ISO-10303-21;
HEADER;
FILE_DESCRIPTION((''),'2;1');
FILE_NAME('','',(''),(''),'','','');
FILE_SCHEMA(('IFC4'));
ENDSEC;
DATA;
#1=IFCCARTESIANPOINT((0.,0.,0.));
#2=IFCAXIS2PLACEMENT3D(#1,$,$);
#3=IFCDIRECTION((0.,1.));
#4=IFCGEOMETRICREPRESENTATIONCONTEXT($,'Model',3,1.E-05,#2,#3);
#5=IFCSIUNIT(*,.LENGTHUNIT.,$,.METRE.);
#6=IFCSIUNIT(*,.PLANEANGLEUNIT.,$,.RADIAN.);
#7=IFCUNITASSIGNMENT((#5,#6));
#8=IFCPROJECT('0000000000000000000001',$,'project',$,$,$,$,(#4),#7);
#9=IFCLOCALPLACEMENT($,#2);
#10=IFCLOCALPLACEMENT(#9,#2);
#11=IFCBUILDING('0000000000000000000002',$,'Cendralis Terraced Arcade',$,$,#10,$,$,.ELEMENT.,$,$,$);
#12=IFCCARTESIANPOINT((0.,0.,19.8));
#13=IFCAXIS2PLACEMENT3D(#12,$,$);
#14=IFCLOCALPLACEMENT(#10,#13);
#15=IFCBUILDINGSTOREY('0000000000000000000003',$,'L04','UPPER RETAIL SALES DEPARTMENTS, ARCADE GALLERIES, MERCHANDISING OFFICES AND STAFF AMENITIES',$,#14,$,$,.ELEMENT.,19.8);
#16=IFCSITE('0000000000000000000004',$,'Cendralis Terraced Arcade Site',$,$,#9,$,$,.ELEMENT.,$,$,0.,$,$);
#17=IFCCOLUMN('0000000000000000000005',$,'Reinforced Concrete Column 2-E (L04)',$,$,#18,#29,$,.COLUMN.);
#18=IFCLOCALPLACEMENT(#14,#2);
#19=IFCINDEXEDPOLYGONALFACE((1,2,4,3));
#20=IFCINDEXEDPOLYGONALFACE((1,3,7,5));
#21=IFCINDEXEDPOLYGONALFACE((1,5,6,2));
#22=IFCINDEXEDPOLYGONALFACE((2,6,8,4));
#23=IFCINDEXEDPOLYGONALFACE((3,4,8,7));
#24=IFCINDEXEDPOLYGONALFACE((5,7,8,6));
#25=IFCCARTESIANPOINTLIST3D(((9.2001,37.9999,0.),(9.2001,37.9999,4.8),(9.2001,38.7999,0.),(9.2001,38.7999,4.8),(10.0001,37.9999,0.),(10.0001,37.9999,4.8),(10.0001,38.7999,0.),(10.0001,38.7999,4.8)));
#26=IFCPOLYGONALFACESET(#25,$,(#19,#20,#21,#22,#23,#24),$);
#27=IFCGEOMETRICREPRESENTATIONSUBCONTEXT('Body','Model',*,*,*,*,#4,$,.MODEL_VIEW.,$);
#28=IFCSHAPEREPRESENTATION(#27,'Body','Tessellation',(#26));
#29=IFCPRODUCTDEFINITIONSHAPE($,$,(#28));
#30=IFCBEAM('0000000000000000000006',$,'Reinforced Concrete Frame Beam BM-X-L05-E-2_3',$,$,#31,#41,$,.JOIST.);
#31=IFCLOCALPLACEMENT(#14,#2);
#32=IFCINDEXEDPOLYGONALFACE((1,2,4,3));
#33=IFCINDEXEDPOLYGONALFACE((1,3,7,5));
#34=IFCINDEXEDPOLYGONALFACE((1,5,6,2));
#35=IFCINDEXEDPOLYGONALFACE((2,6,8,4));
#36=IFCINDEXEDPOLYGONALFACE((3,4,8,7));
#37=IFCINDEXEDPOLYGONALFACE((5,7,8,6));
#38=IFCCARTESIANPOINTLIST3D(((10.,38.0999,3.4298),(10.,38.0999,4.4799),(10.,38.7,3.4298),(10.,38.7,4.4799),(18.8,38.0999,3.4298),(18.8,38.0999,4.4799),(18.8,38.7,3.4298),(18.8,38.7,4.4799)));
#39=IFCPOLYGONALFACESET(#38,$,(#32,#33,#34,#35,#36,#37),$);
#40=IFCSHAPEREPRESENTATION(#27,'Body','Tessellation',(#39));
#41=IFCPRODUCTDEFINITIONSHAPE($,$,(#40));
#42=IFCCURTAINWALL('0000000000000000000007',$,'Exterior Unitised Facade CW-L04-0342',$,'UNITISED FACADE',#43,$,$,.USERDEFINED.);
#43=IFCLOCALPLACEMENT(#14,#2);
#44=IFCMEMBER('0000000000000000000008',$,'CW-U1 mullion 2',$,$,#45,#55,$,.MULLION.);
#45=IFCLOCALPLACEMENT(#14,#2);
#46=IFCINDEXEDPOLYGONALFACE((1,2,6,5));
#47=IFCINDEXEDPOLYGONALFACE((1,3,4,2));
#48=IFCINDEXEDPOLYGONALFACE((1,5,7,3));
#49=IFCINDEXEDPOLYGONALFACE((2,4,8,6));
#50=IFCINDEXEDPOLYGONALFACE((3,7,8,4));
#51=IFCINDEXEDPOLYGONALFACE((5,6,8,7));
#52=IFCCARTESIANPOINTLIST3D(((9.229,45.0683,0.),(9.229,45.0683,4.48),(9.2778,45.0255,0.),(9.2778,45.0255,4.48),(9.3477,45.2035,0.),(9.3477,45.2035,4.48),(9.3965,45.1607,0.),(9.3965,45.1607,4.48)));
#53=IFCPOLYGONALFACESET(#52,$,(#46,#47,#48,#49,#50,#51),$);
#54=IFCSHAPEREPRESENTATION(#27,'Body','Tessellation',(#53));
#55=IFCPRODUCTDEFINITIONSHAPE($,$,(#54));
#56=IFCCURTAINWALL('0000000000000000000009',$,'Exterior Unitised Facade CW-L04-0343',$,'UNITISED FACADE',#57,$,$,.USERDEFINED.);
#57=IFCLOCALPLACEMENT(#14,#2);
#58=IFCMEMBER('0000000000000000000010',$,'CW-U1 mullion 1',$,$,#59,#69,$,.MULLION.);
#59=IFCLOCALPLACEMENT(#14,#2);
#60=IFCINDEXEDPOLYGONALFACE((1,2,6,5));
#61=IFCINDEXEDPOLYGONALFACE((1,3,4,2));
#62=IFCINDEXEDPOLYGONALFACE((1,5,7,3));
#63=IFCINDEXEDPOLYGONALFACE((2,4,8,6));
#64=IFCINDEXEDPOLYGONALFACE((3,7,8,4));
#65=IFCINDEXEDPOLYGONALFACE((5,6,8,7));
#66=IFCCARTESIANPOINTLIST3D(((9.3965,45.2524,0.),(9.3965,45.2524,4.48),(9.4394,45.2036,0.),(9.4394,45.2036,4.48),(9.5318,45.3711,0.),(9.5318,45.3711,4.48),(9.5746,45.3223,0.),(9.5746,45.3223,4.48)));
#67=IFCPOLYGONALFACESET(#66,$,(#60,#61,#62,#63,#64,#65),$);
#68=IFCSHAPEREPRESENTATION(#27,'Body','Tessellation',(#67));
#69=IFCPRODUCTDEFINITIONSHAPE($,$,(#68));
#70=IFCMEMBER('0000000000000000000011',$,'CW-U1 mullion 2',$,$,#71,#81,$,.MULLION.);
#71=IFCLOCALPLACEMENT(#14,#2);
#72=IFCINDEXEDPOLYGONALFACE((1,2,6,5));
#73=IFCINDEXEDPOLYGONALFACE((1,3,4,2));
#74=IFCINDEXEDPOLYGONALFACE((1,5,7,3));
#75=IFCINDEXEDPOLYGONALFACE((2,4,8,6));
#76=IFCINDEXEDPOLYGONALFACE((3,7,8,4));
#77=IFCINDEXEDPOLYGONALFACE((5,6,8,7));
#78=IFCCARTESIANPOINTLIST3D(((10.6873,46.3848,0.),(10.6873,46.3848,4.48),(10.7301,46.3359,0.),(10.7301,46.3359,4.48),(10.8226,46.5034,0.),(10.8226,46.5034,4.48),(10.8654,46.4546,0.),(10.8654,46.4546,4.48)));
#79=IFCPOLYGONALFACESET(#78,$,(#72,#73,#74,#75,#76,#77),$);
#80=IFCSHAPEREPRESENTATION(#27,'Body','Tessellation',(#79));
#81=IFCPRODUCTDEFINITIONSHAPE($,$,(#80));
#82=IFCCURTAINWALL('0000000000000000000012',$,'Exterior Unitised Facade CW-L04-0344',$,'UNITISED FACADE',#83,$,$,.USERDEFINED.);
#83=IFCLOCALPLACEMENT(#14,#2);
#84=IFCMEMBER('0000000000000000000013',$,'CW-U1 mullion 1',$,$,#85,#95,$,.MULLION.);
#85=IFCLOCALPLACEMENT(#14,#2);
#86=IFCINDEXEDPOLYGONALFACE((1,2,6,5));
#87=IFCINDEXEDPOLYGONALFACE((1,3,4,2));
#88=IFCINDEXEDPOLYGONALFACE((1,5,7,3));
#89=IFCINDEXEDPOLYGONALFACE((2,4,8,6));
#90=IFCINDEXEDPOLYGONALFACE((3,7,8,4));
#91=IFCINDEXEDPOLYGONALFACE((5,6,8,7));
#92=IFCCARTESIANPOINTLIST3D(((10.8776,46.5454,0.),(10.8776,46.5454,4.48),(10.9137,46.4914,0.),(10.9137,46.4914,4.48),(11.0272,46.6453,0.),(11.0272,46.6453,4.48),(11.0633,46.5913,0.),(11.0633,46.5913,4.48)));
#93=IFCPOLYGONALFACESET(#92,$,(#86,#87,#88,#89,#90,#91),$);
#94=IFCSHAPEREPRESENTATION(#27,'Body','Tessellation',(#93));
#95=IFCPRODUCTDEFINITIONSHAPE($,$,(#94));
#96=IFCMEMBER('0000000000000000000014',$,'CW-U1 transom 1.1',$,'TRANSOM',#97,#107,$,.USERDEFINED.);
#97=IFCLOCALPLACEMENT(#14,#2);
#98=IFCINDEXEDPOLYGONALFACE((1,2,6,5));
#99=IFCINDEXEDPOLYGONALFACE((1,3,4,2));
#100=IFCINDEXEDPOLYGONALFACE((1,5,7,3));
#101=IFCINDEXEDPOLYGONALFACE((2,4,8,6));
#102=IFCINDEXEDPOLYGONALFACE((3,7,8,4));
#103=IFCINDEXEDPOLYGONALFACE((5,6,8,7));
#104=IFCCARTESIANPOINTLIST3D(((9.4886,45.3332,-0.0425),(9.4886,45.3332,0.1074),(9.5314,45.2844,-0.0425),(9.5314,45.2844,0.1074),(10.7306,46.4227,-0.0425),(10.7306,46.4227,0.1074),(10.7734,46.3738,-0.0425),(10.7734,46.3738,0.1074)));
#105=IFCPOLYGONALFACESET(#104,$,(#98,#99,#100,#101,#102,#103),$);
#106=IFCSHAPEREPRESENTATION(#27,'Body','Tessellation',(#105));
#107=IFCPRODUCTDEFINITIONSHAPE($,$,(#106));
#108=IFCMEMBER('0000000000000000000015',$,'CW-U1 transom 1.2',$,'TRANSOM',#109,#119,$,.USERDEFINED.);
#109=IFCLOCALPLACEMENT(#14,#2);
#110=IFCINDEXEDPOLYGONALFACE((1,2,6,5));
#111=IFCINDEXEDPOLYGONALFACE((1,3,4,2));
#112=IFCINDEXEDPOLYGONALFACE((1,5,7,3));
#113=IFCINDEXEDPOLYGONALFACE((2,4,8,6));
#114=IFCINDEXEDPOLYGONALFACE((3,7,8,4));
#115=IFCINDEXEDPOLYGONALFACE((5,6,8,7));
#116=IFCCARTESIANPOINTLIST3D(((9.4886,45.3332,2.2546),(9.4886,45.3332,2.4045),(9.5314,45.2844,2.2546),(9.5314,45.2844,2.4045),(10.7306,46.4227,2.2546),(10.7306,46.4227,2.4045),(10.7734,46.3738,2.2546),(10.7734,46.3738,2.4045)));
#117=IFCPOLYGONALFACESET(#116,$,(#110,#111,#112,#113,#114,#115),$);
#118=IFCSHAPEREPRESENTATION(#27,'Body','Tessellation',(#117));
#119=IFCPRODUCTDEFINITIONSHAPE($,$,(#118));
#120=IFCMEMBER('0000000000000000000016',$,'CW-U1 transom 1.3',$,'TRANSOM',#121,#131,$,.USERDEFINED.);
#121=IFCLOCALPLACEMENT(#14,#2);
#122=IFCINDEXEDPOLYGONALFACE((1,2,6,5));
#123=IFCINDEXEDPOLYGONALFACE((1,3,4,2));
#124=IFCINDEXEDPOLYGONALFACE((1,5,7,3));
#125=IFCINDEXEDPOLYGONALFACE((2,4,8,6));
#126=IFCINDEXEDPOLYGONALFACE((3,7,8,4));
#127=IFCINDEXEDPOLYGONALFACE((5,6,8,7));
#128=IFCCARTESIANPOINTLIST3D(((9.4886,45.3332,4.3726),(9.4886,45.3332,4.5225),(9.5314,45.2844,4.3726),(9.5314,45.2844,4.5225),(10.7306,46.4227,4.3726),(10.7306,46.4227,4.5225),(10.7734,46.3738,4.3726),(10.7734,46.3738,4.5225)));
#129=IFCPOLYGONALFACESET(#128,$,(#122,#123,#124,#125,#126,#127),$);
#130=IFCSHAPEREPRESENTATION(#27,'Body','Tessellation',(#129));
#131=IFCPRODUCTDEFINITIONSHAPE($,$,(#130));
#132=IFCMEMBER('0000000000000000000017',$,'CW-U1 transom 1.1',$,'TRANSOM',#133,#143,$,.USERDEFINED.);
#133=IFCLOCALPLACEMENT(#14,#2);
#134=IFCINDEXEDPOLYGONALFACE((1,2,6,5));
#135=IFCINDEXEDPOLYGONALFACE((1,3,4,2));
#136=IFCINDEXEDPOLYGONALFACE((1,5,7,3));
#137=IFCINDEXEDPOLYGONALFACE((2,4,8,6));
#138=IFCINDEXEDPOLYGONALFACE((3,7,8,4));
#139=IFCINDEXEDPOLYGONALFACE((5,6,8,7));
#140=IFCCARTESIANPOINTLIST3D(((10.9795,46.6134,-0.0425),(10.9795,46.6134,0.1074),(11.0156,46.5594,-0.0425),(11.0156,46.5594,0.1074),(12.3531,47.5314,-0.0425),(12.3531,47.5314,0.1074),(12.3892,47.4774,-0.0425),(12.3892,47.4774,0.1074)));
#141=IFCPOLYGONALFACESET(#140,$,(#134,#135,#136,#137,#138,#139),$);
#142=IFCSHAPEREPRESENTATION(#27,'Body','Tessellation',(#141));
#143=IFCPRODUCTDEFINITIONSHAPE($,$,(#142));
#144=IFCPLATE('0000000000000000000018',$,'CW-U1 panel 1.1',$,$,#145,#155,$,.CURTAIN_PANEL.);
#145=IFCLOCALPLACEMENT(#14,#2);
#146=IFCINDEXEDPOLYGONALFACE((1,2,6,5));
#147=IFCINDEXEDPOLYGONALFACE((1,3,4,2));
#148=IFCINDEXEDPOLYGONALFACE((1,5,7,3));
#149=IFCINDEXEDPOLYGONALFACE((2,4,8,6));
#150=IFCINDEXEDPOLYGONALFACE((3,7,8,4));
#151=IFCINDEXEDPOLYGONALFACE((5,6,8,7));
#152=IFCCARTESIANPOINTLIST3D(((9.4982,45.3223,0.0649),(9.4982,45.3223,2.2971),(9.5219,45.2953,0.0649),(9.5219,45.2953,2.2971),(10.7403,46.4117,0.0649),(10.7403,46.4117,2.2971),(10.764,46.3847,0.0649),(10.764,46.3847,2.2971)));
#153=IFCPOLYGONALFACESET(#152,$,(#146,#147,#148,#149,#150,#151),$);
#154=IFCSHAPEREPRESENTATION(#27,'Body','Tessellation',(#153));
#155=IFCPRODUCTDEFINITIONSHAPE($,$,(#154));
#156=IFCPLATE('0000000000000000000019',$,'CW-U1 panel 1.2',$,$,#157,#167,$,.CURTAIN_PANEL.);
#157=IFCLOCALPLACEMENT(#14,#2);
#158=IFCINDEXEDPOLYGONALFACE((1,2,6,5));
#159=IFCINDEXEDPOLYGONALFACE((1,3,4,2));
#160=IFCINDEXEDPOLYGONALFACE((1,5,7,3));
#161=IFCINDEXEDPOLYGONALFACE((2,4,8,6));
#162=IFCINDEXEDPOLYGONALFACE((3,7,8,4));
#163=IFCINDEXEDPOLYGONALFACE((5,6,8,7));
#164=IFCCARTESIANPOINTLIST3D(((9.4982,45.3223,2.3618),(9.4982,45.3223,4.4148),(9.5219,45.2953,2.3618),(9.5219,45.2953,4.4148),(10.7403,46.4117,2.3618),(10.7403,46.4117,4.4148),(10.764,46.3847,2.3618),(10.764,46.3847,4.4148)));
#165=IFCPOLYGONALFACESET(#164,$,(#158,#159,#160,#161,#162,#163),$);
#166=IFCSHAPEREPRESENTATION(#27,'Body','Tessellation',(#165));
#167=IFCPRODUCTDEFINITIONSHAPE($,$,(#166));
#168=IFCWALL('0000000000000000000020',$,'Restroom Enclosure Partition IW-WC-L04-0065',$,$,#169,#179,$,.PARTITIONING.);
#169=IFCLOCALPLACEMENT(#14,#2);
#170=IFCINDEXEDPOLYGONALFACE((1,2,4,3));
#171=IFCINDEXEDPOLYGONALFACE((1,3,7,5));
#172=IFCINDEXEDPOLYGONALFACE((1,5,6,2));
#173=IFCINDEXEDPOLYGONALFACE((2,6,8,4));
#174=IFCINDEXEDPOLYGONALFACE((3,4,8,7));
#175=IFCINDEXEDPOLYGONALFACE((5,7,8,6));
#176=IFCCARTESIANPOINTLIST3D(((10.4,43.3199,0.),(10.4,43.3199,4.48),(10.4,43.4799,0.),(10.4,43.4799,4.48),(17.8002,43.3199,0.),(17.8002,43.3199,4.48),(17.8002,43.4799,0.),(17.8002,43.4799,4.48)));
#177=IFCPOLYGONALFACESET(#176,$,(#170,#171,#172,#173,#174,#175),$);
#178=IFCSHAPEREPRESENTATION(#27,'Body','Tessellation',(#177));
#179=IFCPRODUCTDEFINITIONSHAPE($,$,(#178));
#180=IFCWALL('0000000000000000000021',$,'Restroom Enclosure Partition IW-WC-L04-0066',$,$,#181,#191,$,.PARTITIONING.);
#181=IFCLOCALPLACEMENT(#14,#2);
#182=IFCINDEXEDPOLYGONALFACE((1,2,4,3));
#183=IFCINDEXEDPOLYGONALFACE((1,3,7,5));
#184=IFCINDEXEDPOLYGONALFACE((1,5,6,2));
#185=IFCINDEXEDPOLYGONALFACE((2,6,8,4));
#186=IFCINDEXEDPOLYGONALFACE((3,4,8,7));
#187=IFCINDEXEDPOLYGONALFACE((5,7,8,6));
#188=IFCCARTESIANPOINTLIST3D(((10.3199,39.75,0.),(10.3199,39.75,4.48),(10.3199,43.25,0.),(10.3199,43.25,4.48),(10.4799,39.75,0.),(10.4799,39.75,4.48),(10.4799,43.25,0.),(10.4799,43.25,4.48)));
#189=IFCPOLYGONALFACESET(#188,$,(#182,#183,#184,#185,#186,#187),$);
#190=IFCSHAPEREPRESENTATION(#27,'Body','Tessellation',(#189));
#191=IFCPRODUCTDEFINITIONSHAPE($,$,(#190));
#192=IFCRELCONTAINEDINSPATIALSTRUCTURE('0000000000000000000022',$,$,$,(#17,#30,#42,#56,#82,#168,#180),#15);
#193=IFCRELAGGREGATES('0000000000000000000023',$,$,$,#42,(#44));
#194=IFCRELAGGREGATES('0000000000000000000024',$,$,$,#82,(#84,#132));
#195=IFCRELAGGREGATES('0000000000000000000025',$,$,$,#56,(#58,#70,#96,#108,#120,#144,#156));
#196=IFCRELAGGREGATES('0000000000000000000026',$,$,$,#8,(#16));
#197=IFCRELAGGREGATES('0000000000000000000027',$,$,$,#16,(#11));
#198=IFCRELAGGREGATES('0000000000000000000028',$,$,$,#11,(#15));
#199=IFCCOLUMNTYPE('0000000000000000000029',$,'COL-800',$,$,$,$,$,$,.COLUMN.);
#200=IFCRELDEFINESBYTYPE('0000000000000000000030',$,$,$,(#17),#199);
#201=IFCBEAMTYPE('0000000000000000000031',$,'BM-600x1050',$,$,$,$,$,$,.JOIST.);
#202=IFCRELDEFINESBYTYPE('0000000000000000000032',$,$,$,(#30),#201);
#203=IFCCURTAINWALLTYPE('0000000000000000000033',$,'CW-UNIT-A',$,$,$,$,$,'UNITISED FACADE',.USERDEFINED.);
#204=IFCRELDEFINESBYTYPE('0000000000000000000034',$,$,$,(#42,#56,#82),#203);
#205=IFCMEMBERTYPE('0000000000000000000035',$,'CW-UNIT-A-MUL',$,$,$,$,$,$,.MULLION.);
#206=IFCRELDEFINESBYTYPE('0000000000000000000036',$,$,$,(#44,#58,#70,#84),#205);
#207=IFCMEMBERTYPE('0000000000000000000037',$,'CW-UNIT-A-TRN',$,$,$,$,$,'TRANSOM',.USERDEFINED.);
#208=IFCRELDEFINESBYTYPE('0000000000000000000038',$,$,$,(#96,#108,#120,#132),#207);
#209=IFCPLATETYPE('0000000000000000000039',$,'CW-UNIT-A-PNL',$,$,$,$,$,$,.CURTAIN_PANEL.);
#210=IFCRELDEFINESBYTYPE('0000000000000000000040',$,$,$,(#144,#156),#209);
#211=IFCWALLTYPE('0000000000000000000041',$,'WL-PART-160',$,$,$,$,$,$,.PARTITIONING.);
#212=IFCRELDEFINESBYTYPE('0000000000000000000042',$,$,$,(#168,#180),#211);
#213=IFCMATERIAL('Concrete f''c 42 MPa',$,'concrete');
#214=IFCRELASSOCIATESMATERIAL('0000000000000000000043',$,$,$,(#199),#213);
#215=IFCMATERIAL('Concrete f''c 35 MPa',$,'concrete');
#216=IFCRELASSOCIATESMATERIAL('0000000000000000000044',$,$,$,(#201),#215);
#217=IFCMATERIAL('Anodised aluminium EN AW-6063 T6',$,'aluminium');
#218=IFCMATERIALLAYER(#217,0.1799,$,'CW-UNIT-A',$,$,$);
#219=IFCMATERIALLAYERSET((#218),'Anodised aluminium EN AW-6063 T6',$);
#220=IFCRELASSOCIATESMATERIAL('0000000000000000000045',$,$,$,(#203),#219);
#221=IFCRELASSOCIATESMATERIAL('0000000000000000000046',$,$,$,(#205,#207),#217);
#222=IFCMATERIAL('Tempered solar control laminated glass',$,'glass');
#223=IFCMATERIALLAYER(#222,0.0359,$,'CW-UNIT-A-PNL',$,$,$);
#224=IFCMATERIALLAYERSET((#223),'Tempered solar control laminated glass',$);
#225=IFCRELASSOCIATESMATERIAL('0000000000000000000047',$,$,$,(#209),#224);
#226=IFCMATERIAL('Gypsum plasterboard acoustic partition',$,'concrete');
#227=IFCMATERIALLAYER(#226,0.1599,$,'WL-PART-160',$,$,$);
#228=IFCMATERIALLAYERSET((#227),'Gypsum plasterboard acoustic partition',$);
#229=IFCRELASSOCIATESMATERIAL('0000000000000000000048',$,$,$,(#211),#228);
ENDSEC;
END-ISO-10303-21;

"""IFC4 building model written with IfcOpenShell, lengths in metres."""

from ifc_helpers import new_model, si_unit, direction, frame, frame_2d, origin, origin_2d, place, context, subcontext, project, spatial, rectangle, extrude, material, layer, layer_set, material_profile, profile_set, type_object, element, aggregate, save


model = new_model("IFC4")

# Units and contexts
model_context = context("Model", 3, precision=1e-05, world=origin(), true_north=direction((0.0, 1.0)))
body_context = subcontext(model_context, "Body", "Model", "MODEL_VIEW")
ifc_project = project(units=[si_unit("LENGTHUNIT", "METRE"), si_unit("PLANEANGLEUNIT", "RADIAN")], contexts=[model_context])

# Site, building, storey
site_placement = place(None, origin())
site = spatial("IfcSite", under=ifc_project, at=site_placement, Name="Cendralis Terraced Arcade Site", CompositionType="ELEMENT", RefElevation=0.0)
building_placement = place(site_placement, origin())
building = spatial("IfcBuilding", under=site, at=building_placement, Name="Cendralis Terraced Arcade", CompositionType="ELEMENT")
storey_placement = place(building_placement, frame((0.0, 0.0, 19.8)))
storey = spatial("IfcBuildingStorey", under=building, at=storey_placement, Name="L04", Description="UPPER RETAIL SALES DEPARTMENTS, ARCADE GALLERIES, MERCHANDISING OFFICES AND STAFF AMENITIES", CompositionType="ELEMENT", Elevation=19.8)

# Column
ifc_material_1 = material(Name="Concrete f'c 42 MPa", Category="concrete")
ifc_material_profile_1 = material_profile(ifc_material_1, rectangle(XDim=0.8, YDim=0.8, at=origin_2d()), Name="RC-COL-800x800", Category="LoadBearing")
ifc_profile_set_1 = profile_set([ifc_material_profile_1], Name="Concrete f'c 42 MPa")
column_type = type_object("IfcColumnType", Name="COL-800", PredefinedType="COLUMN", material=ifc_profile_set_1)
column_placement = place(storey_placement, frame((9.6001, 38.3999, 0.0), z_axis=(0.0, 0.0, 1.0), x_axis=(1.0, 0.0, 0.0)))
element("IfcColumn", 1, at=column_placement, inside=storey, type_object=column_type, Name="Reinforced Concrete Column 2-E (L04)", PredefinedType="COLUMN", context=body_context, shape_type="SweptSolid", body=[
    extrude(rectangle(XDim=0.8, YDim=0.8, at=origin_2d()), origin(), (0.0, 0.0, 1.0), 4.8),
])

# Beam
ifc_material_2 = material(Name="Concrete f'c 35 MPa", Category="concrete")
ifc_material_profile_2 = material_profile(ifc_material_2, rectangle(XDim=0.6001, YDim=1.05, at=origin_2d()), Name="RC-BM-600x1050", Category="LoadBearing")
ifc_profile_set_2 = profile_set([ifc_material_profile_2], Name="Concrete f'c 35 MPa")
beam_type = type_object("IfcBeamType", Name="BM-600x1050", PredefinedType="JOIST", material=ifc_profile_set_2)
beam_placement = place(storey_placement, frame((10.0, 38.3999, 3.9548), z_axis=(1.0, 0.0, 0.0), x_axis=(0.0, 1.0, 0.0)))
element("IfcBeam", 2, at=beam_placement, inside=storey, type_object=beam_type, Name="Reinforced Concrete Frame Beam BM-X-L05-E-2_3", PredefinedType="JOIST", context=body_context, shape_type="SweptSolid", body=[
    extrude(rectangle(XDim=0.6001, YDim=1.05, at=origin_2d()), origin(), (0.0, 0.0, 1.0), 8.8),
])

# Curtain wall, member
ifc_material_3 = material(Name="Anodised aluminium EN AW-6063 T6", Category="aluminium")
ifc_layer_1 = layer(ifc_material_3, 0.1799, Name="CW-UNIT-A")
ifc_layer_set_1 = layer_set([ifc_layer_1], Name="Anodised aluminium EN AW-6063 T6")
curtain_wall_type = type_object("IfcCurtainWallType", Name="CW-UNIT-A", ElementType="UNITISED FACADE", PredefinedType="USERDEFINED", material=ifc_layer_set_1)
curtain_wall_1_placement = place(storey_placement, origin())
curtain_wall_1 = element("IfcCurtainWall", 3, at=curtain_wall_1_placement, inside=storey, type_object=curtain_wall_type, Name="Exterior Unitised Facade CW-L04-0342", ObjectType="UNITISED FACADE", PredefinedType="USERDEFINED")
ifc_material_profile_3 = material_profile(ifc_material_3, rectangle(XDim=0.0649, YDim=0.1799, at=origin_2d()), Name="ALU-MUL-65x180")
ifc_profile_set_3 = profile_set([ifc_material_profile_3], Name="Anodised aluminium EN AW-6063 T6")
member_type_1 = type_object("IfcMemberType", Name="CW-UNIT-A-MUL", PredefinedType="MULLION", material=ifc_profile_set_3)
member_1_placement = place(storey_placement, frame((9.3127, 45.1145, 0.0), z_axis=(0.0, 0.0, 1.0), x_axis=(-0.751804, 0.659386, 0.0)))
member_1 = element("IfcMember", 4, at=member_1_placement, type_object=member_type_1, Name="CW-U1 mullion 2", PredefinedType="MULLION", context=body_context, shape_type="SweptSolid", body=[
    extrude(rectangle(XDim=0.0649, YDim=0.1799, at=origin_2d()), origin(), (0.0, 0.0, 1.0), 4.48),
])
aggregate(curtain_wall_1, [member_1])

# Curtain wall, members
curtain_wall_2_placement = place(storey_placement, origin())
curtain_wall_2 = element("IfcCurtainWall", 5, at=curtain_wall_2_placement, inside=storey, type_object=curtain_wall_type, Name="Exterior Unitised Facade CW-L04-0343", ObjectType="UNITISED FACADE", PredefinedType="USERDEFINED")
member_2_placement = place(storey_placement, frame((9.4856, 45.2874, 0.0), z_axis=(0.0, 0.0, 1.0), x_axis=(-0.659386, 0.751804, 0.0)))
member_2 = element("IfcMember", 6, at=member_2_placement, type_object=member_type_1, Name="CW-U1 mullion 1", PredefinedType="MULLION", context=body_context, shape_type="SweptSolid", body=[
    extrude(rectangle(XDim=0.0649, YDim=0.1799, at=origin_2d()), origin(), (0.0, 0.0, 1.0), 4.48),
])
member_3_placement = place(storey_placement, frame((10.7764, 46.4197, 0.0), z_axis=(0.0, 0.0, 1.0), x_axis=(-0.659386, 0.751804, 0.0)))
member_3 = element("IfcMember", 7, at=member_3_placement, type_object=member_type_1, Name="CW-U1 mullion 2", PredefinedType="MULLION", context=body_context, shape_type="SweptSolid", body=[
    extrude(rectangle(XDim=0.0649, YDim=0.1799, at=origin_2d()), origin(), (0.0, 0.0, 1.0), 4.48),
])

# Curtain wall, member
curtain_wall_3_placement = place(storey_placement, origin())
curtain_wall_3 = element("IfcCurtainWall", 8, at=curtain_wall_3_placement, inside=storey, type_object=curtain_wall_type, Name="Exterior Unitised Facade CW-L04-0344", ObjectType="UNITISED FACADE", PredefinedType="USERDEFINED")
member_4_placement = place(storey_placement, frame((10.9705, 46.5684, 0.0), z_axis=(0.0, 0.0, 1.0), x_axis=(-0.555567, 0.831471, 0.0)))
member_4 = element("IfcMember", 9, at=member_4_placement, type_object=member_type_1, Name="CW-U1 mullion 1", PredefinedType="MULLION", context=body_context, shape_type="SweptSolid", body=[
    extrude(rectangle(XDim=0.0649, YDim=0.1799, at=origin_2d()), origin(), (0.0, 0.0, 1.0), 4.48),
])

# Members
ifc_material_profile_4 = material_profile(ifc_material_3, rectangle(XDim=0.0649, YDim=0.1499, at=origin_2d()), Name="ALU-TRN-65x150")
ifc_profile_set_4 = profile_set([ifc_material_profile_4], Name="Anodised aluminium EN AW-6063 T6")
member_type_2 = type_object("IfcMemberType", Name="CW-UNIT-A-TRN", ElementType="TRANSOM", PredefinedType="USERDEFINED", material=ifc_profile_set_4)
member_5_placement = place(storey_placement, frame((9.51, 45.3088, 0.0325), z_axis=(0.75178, 0.659414, 0.0), x_axis=(-0.659414, 0.75178, 0.0)))
member_5 = element("IfcMember", 10, at=member_5_placement, type_object=member_type_2, Name="CW-U1 transom 1.1", ObjectType="TRANSOM", PredefinedType="USERDEFINED", context=body_context, shape_type="SweptSolid", body=[
    extrude(rectangle(XDim=0.0649, YDim=0.1499, at=origin_2d()), origin(), (0.0, 0.0, 1.0), 1.6521),
])
member_6_placement = place(storey_placement, frame((9.51, 45.3088, 2.3296), z_axis=(0.75178, 0.659414, 0.0), x_axis=(-0.659414, 0.75178, 0.0)))
member_6 = element("IfcMember", 11, at=member_6_placement, type_object=member_type_2, Name="CW-U1 transom 1.2", ObjectType="TRANSOM", PredefinedType="USERDEFINED", context=body_context, shape_type="SweptSolid", body=[
    extrude(rectangle(XDim=0.0649, YDim=0.1499, at=origin_2d()), origin(), (0.0, 0.0, 1.0), 1.6521),
])
member_7_placement = place(storey_placement, frame((9.51, 45.3088, 4.4475), z_axis=(0.75178, 0.659414, 0.0), x_axis=(-0.659414, 0.75178, 0.0)))
member_7 = element("IfcMember", 12, at=member_7_placement, type_object=member_type_2, Name="CW-U1 transom 1.3", ObjectType="TRANSOM", PredefinedType="USERDEFINED", context=body_context, shape_type="SweptSolid", body=[
    extrude(rectangle(XDim=0.0649, YDim=0.1499, at=origin_2d()), origin(), (0.0, 0.0, 1.0), 1.6521),
])
member_8_placement = place(storey_placement, frame((10.9976, 46.5864, 0.0325), z_axis=(0.831413, 0.555655, 0.0), x_axis=(-0.555655, 0.831413, 0.0)))
member_8 = element("IfcMember", 13, at=member_8_placement, type_object=member_type_2, Name="CW-U1 transom 1.1", ObjectType="TRANSOM", PredefinedType="USERDEFINED", context=body_context, shape_type="SweptSolid", body=[
    extrude(rectangle(XDim=0.0649, YDim=0.1499, at=origin_2d()), origin(), (0.0, 0.0, 1.0), 1.6521),
])
aggregate(curtain_wall_3, [member_4, member_8])

# Plates
ifc_material_4 = material(Name="Tempered solar control laminated glass", Category="glass")
ifc_layer_2 = layer(ifc_material_4, 0.0359, Name="CW-UNIT-A-PNL")
ifc_layer_set_2 = layer_set([ifc_layer_2], Name="Tempered solar control laminated glass")
plate_type = type_object("IfcPlateType", Name="CW-UNIT-A-PNL", PredefinedType="CURTAIN_PANEL", material=ifc_layer_set_2)
plate_1_placement = place(storey_placement, frame((10.1311, 45.8535, 0.0649), z_axis=(0.0, 0.0, 1.0), x_axis=(0.751804, 0.659386, 0.0)))
plate_1 = element("IfcPlate", 14, at=plate_1_placement, type_object=plate_type, Name="CW-U1 panel 1.1", PredefinedType="CURTAIN_PANEL", context=body_context, shape_type="SweptSolid", body=[
    extrude(rectangle(XDim=1.6521, YDim=0.0359, at=origin_2d()), origin(), (0.0, 0.0, 1.0), 2.2322),
])
plate_2_placement = place(storey_placement, frame((10.1311, 45.8535, 2.3618), z_axis=(0.0, 0.0, 1.0), x_axis=(0.751804, 0.659386, 0.0)))
plate_2 = element("IfcPlate", 15, at=plate_2_placement, type_object=plate_type, Name="CW-U1 panel 1.2", PredefinedType="CURTAIN_PANEL", context=body_context, shape_type="SweptSolid", body=[
    extrude(rectangle(XDim=1.6521, YDim=0.0359, at=origin_2d()), origin(), (0.0, 0.0, 1.0), 2.053),
])
aggregate(curtain_wall_2, [member_2, member_3, member_5, member_6, member_7, plate_1, plate_2])

# Walls
ifc_material_5 = material(Name="Gypsum plasterboard acoustic partition", Category="concrete")
ifc_layer_3 = layer(ifc_material_5, 0.1599, Name="WL-PART-160")
ifc_layer_set_3 = layer_set([ifc_layer_3], Name="Gypsum plasterboard acoustic partition")
wall_type_1 = type_object("IfcWallType", Name="WL-PART-160", PredefinedType="PARTITIONING", material=ifc_layer_set_3)
wall_1_placement = place(storey_placement, frame((10.3999, 43.3999, 0.0), z_axis=(0.0, 0.0, 1.0), x_axis=(1.0, 0.0, 0.0)))
element("IfcWall", 16, at=wall_1_placement, inside=storey, type_object=wall_type_1, Name="Restroom Enclosure Partition IW-WC-L04-0065", PredefinedType="PARTITIONING", context=body_context, shape_type="SweptSolid", body=[
    extrude(rectangle(XDim=7.4001, YDim=0.1599, at=frame_2d((3.7002, 0.0))), origin(), (0.0, 0.0, 1.0), 4.48),
])
wall_2_placement = place(storey_placement, frame((10.3999, 39.75, 0.0), z_axis=(0.0, 0.0, 1.0), x_axis=(0.0, 1.0, 0.0)))
element("IfcWall", 17, at=wall_2_placement, inside=storey, type_object=wall_type_1, Name="Restroom Enclosure Partition IW-WC-L04-0066", PredefinedType="PARTITIONING", context=body_context, shape_type="SweptSolid", body=[
    extrude(rectangle(XDim=3.5, YDim=0.1599, at=frame_2d((1.75, 0.0))), origin(), (0.0, 0.0, 1.0), 4.48),
])

save(model, "model.ifc")
